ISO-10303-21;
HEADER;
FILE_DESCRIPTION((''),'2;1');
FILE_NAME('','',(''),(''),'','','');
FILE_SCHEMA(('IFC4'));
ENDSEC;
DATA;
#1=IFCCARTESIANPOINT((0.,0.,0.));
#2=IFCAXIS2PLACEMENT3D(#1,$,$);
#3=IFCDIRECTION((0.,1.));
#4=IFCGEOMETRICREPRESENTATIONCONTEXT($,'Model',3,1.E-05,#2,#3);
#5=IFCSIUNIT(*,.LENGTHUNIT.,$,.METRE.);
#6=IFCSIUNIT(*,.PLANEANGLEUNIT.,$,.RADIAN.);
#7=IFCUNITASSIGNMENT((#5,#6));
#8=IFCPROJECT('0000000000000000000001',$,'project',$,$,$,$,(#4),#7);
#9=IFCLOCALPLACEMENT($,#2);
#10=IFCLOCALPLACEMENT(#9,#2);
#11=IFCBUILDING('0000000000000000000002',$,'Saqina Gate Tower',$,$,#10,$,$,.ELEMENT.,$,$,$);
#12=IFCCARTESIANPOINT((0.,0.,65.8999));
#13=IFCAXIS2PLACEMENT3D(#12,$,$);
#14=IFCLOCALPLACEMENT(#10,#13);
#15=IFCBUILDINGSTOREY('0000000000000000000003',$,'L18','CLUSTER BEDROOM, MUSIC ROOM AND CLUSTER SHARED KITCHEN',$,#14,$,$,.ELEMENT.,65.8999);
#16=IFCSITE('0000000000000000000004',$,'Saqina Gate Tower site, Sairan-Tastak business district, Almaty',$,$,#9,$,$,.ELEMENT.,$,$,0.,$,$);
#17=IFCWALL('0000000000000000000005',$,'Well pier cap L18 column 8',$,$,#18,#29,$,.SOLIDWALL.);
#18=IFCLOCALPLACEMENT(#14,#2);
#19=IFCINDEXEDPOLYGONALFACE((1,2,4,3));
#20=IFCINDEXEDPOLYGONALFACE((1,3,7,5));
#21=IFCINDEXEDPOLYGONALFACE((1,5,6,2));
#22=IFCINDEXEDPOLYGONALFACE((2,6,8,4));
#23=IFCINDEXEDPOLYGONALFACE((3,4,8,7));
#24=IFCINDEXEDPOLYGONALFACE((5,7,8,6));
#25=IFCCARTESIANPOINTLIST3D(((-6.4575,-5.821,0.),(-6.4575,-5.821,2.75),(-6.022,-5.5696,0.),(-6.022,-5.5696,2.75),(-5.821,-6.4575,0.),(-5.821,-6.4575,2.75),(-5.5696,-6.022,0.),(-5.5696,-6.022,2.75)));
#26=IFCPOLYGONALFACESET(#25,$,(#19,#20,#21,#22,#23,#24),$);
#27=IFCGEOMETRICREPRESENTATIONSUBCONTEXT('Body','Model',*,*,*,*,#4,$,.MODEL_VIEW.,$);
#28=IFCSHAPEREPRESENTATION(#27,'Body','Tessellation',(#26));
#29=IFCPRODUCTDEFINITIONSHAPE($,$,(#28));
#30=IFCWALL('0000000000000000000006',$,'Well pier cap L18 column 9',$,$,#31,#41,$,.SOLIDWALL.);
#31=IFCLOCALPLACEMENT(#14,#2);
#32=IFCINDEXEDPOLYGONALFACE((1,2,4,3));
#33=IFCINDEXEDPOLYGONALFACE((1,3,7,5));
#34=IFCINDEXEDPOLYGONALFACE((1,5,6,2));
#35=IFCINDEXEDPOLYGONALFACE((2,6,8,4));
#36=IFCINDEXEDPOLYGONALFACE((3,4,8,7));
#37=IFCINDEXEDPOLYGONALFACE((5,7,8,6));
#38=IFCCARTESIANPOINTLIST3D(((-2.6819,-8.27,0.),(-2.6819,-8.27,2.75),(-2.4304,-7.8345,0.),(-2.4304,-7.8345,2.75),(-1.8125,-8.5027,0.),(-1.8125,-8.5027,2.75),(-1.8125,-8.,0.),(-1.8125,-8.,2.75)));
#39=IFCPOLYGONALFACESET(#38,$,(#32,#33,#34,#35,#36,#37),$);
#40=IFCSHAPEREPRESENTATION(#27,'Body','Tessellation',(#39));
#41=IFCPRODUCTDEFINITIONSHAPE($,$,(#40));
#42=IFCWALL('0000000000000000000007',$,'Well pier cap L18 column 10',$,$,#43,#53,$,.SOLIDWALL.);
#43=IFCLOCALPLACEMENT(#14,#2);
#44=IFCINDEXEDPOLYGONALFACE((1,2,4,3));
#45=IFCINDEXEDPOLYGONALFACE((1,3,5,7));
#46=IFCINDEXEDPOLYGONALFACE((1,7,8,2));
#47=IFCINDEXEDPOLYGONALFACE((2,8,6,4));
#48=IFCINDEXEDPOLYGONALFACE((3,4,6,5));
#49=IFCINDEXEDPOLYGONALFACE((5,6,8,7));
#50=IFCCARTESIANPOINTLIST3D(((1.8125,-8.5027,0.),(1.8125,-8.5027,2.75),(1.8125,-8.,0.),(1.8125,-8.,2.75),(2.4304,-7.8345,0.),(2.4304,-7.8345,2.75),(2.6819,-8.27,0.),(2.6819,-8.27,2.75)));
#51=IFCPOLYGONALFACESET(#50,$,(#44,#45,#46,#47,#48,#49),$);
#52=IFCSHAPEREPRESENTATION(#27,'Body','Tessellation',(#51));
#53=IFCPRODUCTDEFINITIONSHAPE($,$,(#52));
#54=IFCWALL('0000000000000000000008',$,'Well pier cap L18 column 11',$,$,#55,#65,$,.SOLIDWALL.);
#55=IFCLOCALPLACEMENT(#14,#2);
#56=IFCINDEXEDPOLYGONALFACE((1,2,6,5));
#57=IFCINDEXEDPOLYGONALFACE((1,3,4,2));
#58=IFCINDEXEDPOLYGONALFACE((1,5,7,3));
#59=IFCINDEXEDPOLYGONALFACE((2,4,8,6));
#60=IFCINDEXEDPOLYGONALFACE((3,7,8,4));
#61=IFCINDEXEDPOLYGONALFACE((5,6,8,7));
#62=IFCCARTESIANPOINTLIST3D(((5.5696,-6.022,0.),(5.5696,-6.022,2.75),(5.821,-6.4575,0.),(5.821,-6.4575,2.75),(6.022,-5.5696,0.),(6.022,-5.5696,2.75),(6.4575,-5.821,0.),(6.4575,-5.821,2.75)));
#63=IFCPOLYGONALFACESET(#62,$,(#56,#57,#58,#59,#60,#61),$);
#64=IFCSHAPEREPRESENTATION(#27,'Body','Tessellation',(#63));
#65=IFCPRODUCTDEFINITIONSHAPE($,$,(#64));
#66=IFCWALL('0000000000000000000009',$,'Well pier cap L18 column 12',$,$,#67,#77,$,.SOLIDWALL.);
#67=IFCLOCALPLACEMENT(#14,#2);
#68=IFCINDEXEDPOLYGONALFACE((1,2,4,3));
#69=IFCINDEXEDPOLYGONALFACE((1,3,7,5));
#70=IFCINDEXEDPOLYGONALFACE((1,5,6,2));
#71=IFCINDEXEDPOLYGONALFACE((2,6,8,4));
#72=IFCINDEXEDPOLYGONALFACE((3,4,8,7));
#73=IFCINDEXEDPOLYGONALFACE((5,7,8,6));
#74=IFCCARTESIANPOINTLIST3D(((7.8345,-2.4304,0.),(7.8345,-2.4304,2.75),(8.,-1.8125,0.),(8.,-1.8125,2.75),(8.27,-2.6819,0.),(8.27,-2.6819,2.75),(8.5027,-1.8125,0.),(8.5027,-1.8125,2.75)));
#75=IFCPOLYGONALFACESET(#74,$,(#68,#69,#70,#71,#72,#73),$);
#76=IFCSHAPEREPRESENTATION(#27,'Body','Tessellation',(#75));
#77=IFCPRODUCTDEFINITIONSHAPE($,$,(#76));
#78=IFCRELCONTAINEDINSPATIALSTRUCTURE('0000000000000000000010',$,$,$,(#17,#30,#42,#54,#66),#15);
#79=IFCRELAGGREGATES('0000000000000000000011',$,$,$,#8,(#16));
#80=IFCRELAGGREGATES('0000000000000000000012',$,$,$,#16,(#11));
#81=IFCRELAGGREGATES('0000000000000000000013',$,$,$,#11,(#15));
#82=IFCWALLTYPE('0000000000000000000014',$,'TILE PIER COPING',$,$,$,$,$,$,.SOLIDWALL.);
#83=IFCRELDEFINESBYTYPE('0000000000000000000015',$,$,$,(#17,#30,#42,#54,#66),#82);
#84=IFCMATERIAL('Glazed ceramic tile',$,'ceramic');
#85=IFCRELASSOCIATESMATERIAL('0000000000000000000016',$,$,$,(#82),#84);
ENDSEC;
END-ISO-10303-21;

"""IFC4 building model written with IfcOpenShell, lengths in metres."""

from ifc_helpers import new_model, si_unit, direction, frame, origin, place, context, subcontext, project, spatial, polyline, outline, extrude, material, type_object, element, save


model = new_model("IFC4")

# Units and contexts
model_context = context("Model", 3, precision=1e-05, world=origin(), true_north=direction((0.0, 1.0)))
body_context = subcontext(model_context, "Body", "Model", "MODEL_VIEW")
ifc_project = project(units=[si_unit("LENGTHUNIT", "METRE"), si_unit("PLANEANGLEUNIT", "RADIAN")], contexts=[model_context])

# Site, building, storey
site_placement = place(None, origin())
site = spatial("IfcSite", under=ifc_project, at=site_placement, Name="Saqina Gate Tower site, Sairan-Tastak business district, Almaty", CompositionType="ELEMENT", RefElevation=0.0)
building_placement = place(site_placement, origin())
building = spatial("IfcBuilding", under=site, at=building_placement, Name="Saqina Gate Tower", CompositionType="ELEMENT")
storey_placement = place(building_placement, frame((0.0, 0.0, 65.8999)))
storey = spatial("IfcBuildingStorey", under=building, at=storey_placement, Name="L18", Description="CLUSTER BEDROOM, MUSIC ROOM AND CLUSTER SHARED KITCHEN", CompositionType="ELEMENT", Elevation=65.8999)

# Walls
ifc_material_1 = material(Name="Glazed ceramic tile", Category="ceramic")
wall_type_1 = type_object("IfcWallType", Name="TILE PIER COPING", PredefinedType="SOLIDWALL", material=ifc_material_1)
wall_1_placement = place(storey_placement, origin())
element("IfcWall", 1, at=wall_1_placement, inside=storey, type_object=wall_type_1, Name="Well pier cap L18 column 8", PredefinedType="SOLIDWALL", context=body_context, shape_type="SweptSolid", body=[
    extrude(outline(polyline([(-6.4575, -5.821), (-5.821, -6.4575), (-5.5696, -6.022), (-6.022, -5.5696), (-6.4575, -5.821)])), origin(), (0.0, 0.0, 1.0), 2.75),
])
wall_2_placement = place(storey_placement, origin())
element("IfcWall", 2, at=wall_2_placement, inside=storey, type_object=wall_type_1, Name="Well pier cap L18 column 9", PredefinedType="SOLIDWALL", context=body_context, shape_type="SweptSolid", body=[
    extrude(outline(polyline([(-1.8125, -8.5027), (-1.8125, -8.0), (-2.4304, -7.8345), (-2.6819, -8.27), (-1.8125, -8.5027)])), origin(), (0.0, 0.0, 1.0), 2.75),
])
wall_3_placement = place(storey_placement, origin())
element("IfcWall", 3, at=wall_3_placement, inside=storey, type_object=wall_type_1, Name="Well pier cap L18 column 10", PredefinedType="SOLIDWALL", context=body_context, shape_type="SweptSolid", body=[
    extrude(outline(polyline([(2.6819, -8.27), (2.4304, -7.8345), (1.8125, -8.0), (1.8125, -8.5027), (2.6819, -8.27)])), origin(), (0.0, 0.0, 1.0), 2.75),
])
wall_4_placement = place(storey_placement, origin())
element("IfcWall", 4, at=wall_4_placement, inside=storey, type_object=wall_type_1, Name="Well pier cap L18 column 11", PredefinedType="SOLIDWALL", context=body_context, shape_type="SweptSolid", body=[
    extrude(outline(polyline([(5.821, -6.4575), (6.4575, -5.821), (6.022, -5.5696), (5.5696, -6.022), (5.821, -6.4575)])), origin(), (0.0, 0.0, 1.0), 2.75),
])
wall_5_placement = place(storey_placement, origin())
element("IfcWall", 5, at=wall_5_placement, inside=storey, type_object=wall_type_1, Name="Well pier cap L18 column 12", PredefinedType="SOLIDWALL", context=body_context, shape_type="SweptSolid", body=[
    extrude(outline(polyline([(8.5027, -1.8125), (8.0, -1.8125), (7.8345, -2.4304), (8.27, -2.6819), (8.5027, -1.8125)])), origin(), (0.0, 0.0, 1.0), 2.75),
])

save(model, "model.ifc")
